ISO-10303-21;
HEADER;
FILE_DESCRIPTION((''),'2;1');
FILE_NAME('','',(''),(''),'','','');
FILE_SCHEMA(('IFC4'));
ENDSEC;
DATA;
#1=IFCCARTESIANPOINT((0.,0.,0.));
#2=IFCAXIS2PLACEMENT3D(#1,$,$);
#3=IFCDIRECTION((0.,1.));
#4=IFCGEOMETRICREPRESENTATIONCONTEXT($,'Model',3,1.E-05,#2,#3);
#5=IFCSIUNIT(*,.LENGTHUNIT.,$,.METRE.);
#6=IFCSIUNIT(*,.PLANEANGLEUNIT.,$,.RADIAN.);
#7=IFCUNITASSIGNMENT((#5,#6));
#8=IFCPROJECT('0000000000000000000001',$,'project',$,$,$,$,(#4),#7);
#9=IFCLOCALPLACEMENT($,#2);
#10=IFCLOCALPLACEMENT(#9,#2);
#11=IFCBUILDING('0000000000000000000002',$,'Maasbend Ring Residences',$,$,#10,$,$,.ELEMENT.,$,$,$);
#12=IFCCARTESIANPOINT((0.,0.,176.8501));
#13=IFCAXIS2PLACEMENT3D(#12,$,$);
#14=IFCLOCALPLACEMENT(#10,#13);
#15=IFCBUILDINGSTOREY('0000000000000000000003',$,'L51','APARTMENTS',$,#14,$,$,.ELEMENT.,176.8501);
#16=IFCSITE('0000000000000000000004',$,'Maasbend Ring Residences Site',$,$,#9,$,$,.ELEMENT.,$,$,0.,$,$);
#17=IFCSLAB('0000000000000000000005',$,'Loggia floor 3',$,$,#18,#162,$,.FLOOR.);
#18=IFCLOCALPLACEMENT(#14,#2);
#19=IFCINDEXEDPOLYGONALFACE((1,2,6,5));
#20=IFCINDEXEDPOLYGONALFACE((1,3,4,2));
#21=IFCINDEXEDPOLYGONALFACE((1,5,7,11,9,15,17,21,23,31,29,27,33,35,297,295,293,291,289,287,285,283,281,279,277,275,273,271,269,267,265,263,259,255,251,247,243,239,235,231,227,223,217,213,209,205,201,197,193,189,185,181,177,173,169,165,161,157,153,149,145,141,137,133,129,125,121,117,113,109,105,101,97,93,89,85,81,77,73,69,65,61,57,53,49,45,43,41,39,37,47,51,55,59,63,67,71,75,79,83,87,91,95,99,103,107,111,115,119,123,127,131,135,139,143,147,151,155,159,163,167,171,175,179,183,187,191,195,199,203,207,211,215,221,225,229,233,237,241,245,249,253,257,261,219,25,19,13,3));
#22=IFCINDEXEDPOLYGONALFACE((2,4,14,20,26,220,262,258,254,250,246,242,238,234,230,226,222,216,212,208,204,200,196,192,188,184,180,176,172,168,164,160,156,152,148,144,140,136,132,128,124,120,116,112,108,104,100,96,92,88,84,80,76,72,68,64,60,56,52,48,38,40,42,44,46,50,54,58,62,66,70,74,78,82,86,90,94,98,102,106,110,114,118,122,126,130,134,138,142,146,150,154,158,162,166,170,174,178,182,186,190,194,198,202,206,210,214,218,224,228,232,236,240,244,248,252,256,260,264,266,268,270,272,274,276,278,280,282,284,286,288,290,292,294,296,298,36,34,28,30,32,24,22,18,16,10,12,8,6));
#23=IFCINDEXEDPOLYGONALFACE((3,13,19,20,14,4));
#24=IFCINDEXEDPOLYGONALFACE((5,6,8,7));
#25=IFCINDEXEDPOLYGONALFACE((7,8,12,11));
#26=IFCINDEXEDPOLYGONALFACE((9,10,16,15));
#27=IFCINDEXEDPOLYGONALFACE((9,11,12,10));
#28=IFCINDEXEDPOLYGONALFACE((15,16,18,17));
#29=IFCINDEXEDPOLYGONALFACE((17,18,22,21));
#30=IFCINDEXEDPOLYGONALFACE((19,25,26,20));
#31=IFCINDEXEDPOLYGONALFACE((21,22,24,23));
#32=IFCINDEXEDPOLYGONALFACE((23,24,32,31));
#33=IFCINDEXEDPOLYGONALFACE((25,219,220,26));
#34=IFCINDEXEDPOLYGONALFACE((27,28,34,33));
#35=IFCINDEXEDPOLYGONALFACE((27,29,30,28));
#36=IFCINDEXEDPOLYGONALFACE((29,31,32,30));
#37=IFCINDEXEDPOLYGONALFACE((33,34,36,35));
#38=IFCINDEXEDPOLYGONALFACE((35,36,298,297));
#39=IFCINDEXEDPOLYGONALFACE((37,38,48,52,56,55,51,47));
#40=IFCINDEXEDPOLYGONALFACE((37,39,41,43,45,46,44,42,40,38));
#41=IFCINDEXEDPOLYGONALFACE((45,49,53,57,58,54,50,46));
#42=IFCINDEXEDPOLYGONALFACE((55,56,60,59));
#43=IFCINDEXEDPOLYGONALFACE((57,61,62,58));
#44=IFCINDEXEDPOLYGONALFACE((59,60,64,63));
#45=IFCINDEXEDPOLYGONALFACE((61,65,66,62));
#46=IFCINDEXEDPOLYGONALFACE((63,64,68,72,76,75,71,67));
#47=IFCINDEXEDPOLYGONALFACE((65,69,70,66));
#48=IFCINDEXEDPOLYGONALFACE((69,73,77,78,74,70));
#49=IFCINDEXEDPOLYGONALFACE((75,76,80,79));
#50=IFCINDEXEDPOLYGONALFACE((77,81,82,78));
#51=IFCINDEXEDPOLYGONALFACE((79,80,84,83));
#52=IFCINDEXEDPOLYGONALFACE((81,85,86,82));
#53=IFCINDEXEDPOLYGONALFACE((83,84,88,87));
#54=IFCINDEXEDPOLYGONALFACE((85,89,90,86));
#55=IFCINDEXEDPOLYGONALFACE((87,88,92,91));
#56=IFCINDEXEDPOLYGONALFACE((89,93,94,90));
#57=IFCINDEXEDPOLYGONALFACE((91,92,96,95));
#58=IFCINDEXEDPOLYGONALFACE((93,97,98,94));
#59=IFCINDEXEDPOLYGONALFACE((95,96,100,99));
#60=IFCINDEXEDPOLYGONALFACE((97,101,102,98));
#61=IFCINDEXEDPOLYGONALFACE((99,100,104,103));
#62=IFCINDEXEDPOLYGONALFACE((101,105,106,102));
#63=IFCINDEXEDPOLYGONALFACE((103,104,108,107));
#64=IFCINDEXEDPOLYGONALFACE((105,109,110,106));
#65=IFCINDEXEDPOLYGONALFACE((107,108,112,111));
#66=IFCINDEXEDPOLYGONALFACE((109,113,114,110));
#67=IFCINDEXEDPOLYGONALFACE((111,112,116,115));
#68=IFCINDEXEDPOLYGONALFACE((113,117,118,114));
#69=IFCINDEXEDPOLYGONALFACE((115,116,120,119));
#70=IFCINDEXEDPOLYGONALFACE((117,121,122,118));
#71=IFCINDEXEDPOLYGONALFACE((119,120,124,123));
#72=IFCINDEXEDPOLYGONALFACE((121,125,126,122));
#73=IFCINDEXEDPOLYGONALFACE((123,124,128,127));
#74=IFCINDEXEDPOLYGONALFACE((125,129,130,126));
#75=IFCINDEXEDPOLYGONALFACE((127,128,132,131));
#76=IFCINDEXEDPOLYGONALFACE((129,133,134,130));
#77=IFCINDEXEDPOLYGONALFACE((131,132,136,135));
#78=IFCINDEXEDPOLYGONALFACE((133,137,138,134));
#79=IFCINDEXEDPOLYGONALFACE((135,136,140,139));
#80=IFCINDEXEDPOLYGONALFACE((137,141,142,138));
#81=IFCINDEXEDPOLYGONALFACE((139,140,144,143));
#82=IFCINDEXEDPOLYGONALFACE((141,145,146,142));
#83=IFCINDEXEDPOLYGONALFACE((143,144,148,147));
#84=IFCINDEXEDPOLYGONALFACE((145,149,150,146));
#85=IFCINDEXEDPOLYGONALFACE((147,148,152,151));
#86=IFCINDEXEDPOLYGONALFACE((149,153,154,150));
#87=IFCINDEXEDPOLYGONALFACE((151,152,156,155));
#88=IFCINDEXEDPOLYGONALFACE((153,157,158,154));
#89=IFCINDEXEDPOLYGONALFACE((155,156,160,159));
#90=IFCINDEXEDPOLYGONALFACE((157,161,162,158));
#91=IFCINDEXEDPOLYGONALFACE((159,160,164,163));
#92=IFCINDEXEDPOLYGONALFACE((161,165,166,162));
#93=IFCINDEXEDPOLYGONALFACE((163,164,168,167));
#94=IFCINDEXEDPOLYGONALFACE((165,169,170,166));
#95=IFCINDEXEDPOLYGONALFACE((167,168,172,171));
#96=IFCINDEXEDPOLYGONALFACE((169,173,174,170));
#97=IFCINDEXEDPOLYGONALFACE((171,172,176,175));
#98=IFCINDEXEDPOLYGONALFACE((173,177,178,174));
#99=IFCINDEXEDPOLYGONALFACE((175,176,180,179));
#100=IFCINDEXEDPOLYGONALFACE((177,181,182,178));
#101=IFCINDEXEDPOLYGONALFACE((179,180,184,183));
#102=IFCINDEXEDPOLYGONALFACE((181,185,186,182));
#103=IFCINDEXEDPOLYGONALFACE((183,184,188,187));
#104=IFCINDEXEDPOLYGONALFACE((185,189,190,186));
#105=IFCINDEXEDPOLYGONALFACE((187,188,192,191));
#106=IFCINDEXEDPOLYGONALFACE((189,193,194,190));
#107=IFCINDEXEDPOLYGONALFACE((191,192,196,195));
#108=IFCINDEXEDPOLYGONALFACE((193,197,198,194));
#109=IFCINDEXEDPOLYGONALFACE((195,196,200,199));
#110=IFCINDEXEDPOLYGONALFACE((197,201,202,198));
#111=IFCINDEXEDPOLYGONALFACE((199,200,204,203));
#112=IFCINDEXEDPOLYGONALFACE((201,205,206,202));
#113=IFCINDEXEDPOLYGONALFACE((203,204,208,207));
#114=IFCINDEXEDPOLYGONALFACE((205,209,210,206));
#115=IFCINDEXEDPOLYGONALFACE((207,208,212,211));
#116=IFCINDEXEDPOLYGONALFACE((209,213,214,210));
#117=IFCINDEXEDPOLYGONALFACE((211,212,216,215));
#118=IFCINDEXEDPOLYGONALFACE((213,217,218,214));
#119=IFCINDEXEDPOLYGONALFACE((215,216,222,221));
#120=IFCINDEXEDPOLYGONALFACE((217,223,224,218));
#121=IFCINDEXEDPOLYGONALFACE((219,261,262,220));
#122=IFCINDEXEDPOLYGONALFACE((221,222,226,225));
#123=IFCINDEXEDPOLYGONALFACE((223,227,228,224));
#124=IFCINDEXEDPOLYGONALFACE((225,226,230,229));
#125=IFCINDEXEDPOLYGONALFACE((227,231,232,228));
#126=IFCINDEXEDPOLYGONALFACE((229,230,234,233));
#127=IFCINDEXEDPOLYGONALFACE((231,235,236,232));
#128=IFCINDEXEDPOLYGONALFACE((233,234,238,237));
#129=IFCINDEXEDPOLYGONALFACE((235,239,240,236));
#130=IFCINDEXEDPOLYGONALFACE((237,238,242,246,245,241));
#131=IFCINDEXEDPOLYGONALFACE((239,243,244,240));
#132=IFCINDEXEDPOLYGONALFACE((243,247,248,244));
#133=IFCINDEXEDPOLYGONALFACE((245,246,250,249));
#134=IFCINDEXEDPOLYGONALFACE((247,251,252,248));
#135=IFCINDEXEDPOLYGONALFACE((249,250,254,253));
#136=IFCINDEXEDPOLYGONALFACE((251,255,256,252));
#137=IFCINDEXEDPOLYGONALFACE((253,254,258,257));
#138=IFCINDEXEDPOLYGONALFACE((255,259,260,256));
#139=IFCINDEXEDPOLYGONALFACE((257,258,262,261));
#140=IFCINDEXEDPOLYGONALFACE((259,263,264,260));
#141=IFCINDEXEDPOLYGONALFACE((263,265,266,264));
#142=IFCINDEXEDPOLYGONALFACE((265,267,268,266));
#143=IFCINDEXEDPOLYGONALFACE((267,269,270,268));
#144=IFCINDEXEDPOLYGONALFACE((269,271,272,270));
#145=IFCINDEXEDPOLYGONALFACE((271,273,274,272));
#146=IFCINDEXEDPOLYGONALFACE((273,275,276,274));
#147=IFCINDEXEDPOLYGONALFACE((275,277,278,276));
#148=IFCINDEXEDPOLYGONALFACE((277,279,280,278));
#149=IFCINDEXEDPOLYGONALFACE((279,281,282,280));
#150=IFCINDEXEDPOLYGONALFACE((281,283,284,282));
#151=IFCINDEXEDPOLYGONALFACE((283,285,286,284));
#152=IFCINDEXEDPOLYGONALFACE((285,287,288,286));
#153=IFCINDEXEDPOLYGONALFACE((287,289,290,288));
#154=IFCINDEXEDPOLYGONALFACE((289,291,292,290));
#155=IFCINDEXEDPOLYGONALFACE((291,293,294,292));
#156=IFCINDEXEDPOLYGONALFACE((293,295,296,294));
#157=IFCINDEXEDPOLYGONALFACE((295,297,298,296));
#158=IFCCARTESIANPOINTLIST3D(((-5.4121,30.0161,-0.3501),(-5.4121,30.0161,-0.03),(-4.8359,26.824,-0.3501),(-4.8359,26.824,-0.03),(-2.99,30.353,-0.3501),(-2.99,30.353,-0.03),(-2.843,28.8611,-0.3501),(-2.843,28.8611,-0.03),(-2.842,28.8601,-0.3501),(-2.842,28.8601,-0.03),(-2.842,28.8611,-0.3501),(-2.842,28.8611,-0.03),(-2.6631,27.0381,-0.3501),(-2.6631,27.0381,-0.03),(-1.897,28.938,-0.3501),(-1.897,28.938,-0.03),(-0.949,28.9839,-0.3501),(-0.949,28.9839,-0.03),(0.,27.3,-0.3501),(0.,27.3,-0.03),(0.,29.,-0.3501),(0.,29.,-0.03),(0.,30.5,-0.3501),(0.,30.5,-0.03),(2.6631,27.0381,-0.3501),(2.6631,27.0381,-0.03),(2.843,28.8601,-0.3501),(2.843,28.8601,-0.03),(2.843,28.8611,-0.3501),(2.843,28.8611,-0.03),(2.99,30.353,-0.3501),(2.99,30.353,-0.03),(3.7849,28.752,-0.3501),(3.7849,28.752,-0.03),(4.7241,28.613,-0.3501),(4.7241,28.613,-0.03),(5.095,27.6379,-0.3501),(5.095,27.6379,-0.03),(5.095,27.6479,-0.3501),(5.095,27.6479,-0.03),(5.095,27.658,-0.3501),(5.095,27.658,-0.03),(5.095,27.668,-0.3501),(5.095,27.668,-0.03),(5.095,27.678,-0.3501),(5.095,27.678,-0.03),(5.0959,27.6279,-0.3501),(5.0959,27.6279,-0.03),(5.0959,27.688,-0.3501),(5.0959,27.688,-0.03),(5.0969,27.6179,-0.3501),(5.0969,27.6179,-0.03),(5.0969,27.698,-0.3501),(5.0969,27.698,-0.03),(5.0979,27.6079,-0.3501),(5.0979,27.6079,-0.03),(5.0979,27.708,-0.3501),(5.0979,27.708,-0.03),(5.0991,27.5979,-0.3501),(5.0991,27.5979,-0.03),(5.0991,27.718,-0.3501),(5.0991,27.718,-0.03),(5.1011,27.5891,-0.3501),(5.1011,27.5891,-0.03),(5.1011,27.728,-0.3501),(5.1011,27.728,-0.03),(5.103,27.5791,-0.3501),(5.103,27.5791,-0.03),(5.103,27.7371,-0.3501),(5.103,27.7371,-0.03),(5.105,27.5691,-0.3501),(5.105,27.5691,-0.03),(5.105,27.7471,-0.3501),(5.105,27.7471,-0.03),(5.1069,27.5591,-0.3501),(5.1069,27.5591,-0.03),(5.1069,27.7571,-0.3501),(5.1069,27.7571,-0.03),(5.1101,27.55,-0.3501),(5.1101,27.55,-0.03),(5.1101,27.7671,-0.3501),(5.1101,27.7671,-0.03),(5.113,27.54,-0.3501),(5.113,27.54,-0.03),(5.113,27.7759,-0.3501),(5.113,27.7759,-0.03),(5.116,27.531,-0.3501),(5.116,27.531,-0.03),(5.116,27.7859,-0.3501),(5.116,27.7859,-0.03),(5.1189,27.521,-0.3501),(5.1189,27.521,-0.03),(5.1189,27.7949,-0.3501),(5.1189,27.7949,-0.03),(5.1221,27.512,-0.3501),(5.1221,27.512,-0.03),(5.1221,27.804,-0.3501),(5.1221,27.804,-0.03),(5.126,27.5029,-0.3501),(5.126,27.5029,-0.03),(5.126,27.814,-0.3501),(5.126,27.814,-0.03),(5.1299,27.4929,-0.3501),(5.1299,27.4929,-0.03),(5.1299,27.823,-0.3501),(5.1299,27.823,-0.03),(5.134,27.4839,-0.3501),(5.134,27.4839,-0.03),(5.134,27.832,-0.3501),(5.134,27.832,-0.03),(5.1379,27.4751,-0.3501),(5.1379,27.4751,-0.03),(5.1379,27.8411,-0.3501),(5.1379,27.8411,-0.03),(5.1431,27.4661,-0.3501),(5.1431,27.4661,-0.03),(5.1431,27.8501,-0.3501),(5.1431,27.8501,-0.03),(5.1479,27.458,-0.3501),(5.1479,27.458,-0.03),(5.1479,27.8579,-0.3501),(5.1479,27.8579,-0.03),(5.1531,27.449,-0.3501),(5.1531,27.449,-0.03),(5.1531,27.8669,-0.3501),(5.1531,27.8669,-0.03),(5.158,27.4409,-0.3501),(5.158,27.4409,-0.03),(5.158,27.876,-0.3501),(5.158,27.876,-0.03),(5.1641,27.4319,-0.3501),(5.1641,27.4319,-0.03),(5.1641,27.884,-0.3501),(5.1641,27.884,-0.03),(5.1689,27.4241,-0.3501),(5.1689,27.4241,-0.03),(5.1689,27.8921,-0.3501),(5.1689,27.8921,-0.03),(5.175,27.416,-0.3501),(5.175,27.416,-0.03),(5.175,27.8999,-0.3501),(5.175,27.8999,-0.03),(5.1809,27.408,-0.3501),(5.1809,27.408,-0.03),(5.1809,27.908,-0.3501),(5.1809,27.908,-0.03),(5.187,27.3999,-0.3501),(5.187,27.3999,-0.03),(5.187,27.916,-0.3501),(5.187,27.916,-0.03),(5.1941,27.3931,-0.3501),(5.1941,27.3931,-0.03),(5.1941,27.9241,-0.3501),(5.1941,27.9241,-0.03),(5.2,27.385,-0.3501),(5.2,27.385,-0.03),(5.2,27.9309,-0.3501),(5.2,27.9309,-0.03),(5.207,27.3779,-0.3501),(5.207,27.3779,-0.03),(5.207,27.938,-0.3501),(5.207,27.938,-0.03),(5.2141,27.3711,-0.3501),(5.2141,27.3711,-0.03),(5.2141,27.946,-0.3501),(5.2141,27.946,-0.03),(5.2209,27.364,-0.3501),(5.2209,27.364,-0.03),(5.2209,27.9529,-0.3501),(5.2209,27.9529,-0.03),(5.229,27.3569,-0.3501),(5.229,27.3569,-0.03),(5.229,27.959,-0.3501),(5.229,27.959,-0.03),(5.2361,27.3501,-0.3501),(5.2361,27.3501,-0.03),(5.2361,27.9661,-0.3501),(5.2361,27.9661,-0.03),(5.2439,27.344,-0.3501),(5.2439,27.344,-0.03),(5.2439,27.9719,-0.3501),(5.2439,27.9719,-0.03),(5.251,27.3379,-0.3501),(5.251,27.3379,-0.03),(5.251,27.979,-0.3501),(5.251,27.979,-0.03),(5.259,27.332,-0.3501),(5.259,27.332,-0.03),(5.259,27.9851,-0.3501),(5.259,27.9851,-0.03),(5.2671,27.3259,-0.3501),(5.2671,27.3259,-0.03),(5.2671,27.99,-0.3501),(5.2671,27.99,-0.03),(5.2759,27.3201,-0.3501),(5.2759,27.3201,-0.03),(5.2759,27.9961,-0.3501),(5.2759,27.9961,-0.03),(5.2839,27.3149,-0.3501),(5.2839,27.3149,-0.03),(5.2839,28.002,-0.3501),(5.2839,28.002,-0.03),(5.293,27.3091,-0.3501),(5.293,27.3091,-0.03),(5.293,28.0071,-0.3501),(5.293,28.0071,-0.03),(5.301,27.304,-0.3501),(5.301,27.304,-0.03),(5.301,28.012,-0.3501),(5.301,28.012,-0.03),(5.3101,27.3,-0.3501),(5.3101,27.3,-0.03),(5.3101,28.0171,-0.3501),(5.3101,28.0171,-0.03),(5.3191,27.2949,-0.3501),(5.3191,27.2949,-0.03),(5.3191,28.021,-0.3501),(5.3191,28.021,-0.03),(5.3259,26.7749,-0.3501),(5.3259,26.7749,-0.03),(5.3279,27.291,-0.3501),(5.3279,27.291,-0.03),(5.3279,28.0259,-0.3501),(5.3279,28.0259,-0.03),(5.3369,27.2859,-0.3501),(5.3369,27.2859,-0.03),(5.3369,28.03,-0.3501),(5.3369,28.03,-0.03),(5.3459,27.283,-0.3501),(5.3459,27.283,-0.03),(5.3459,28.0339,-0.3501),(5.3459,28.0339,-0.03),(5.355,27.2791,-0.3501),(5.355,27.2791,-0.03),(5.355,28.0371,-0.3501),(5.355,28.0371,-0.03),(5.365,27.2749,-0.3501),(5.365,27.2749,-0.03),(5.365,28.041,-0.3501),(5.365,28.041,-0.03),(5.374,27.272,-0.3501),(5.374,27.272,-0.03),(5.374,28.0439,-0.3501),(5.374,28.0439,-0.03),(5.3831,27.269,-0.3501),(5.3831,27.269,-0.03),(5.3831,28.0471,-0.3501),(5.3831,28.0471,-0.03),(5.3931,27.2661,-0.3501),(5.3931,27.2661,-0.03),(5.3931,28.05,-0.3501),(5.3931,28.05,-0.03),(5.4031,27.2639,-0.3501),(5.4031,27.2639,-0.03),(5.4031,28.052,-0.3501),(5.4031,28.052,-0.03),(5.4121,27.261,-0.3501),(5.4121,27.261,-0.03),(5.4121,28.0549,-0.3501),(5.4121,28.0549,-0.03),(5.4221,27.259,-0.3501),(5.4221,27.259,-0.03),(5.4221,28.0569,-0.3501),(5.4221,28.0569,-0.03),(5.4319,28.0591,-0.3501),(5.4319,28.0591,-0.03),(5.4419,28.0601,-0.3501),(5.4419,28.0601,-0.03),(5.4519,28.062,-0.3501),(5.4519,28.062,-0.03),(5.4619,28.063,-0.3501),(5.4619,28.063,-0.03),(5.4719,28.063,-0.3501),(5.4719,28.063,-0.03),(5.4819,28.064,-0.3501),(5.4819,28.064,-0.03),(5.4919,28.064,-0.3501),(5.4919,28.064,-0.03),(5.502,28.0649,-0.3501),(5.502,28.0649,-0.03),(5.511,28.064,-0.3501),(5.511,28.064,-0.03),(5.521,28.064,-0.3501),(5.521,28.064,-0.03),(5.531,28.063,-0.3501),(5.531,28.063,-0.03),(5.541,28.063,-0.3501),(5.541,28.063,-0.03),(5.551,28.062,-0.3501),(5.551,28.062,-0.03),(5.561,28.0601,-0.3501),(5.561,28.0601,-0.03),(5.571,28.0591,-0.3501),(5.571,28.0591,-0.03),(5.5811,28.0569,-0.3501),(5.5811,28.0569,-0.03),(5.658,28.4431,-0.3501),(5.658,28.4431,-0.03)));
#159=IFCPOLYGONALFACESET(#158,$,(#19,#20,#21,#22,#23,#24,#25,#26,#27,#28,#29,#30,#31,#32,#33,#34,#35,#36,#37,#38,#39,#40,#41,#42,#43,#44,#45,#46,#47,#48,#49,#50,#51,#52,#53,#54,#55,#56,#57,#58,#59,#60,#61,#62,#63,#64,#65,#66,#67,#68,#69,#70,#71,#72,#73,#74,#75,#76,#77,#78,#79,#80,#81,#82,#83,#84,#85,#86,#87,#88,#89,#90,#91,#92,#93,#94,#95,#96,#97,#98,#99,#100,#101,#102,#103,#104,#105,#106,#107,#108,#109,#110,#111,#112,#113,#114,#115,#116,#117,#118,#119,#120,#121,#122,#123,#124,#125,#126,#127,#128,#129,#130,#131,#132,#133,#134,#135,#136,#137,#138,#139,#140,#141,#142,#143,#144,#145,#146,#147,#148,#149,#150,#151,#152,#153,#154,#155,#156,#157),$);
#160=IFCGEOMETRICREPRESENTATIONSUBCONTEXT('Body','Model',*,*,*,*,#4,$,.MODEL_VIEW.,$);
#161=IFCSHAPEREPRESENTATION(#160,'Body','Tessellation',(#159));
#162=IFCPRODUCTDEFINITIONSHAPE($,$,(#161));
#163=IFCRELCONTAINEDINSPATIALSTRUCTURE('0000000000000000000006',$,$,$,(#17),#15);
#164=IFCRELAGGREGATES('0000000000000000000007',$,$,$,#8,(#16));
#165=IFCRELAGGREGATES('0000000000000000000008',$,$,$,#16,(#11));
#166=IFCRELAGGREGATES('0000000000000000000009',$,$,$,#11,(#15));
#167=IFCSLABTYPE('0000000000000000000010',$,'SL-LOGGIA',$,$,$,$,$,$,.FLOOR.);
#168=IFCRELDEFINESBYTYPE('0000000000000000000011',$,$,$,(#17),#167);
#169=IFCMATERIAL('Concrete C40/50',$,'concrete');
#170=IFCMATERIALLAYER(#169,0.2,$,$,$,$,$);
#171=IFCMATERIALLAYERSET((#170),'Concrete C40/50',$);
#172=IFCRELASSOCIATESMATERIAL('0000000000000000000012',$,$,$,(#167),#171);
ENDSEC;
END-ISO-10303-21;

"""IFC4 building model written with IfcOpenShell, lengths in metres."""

from ifc_helpers import new_model, si_unit, direction, frame, origin, place, context, subcontext, project, spatial, polyline, outline, extrude, material, layer, layer_set, type_object, element, save


model = new_model("IFC4")

# Units and contexts
model_context = context("Model", 3, precision=1e-05, world=origin(), true_north=direction((0.0, 1.0)))
body_context = subcontext(model_context, "Body", "Model", "MODEL_VIEW")
ifc_project = project(units=[si_unit("LENGTHUNIT", "METRE"), si_unit("PLANEANGLEUNIT", "RADIAN")], contexts=[model_context])

# Site, building, storey
site_placement = place(None, origin())
site = spatial("IfcSite", under=ifc_project, at=site_placement, Name="Maasbend Ring Residences Site", CompositionType="ELEMENT", RefElevation=0.0)
building_placement = place(site_placement, origin())
building = spatial("IfcBuilding", under=site, at=building_placement, Name="Maasbend Ring Residences", CompositionType="ELEMENT")
storey_placement = place(building_placement, frame((0.0, 0.0, 176.8501)))
storey = spatial("IfcBuildingStorey", under=building, at=storey_placement, Name="L51", Description="APARTMENTS", CompositionType="ELEMENT", Elevation=176.8501)

# Slab
ifc_material_1 = material(Name="Concrete C40/50", Category="concrete")
ifc_layer_1 = layer(ifc_material_1, 0.2)
ifc_layer_set_1 = layer_set([ifc_layer_1], Name="Concrete C40/50")
slab_type_1 = type_object("IfcSlabType", Name="SL-LOGGIA", PredefinedType="FLOOR", material=ifc_layer_set_1)
slab_1_placement = place(storey_placement, frame((0.0, 0.0, -0.3501)))
element("IfcSlab", 1, at=slab_1_placement, inside=storey, type_object=slab_type_1, Name="Loggia floor 3", PredefinedType="FLOOR", context=body_context, shape_type="SweptSolid", body=[
    extrude(outline(polyline([(-2.843, 28.8611), (-2.843, 28.8611), (-2.843, 28.8611), (-2.843, 28.8611), (-2.842, 28.8611), (-2.842, 28.8611), (-2.842, 28.8611), (-2.842, 28.8611), (-2.842, 28.8611), (-2.842, 28.8601), (-2.842, 28.8601), (-2.842, 28.8601), (-2.842, 28.8601), (-2.842, 28.8601), (-2.842, 28.8601), (-2.842, 28.8601), (-2.842, 28.8601), (-1.897, 28.938), (-1.897, 28.938), (-0.949, 28.9839), (-0.949, 28.9839), (0.0, 29.0), (0.0, 29.0), (0.0, 29.0), (0.0, 29.0), (0.0, 29.0), (0.0, 29.0), (0.0, 29.0), (0.0, 29.0), (0.0, 29.0), (0.0, 29.0), (0.0, 29.0), (0.0, 29.0), (0.0, 29.0), (0.0, 29.0), (0.0, 29.0), (0.0, 29.0), (0.0, 29.0), (0.0, 30.5), (0.0, 30.5), (0.0, 30.5), (2.99, 30.353), (2.99, 30.353), (2.99, 30.353), (2.843, 28.8611), (2.843, 28.8611), (2.843, 28.8611), (2.843, 28.8611), (2.843, 28.8611), (2.843, 28.8611), (2.843, 28.8611), (2.843, 28.8611), (2.843, 28.8601), (2.843, 28.8601), (2.843, 28.8601), (2.843, 28.8601), (2.843, 28.8601), (2.843, 28.8601), (2.843, 28.8601), (2.843, 28.8601), (2.843, 28.8601), (3.7849, 28.752), (3.7849, 28.752), (4.7241, 28.613), (4.7241, 28.613), (5.658, 28.4431), (5.658, 28.4431), (5.658, 28.4431), (5.5811, 28.0569), (5.5811, 28.0569), (5.571, 28.0591), (5.561, 28.0601), (5.551, 28.062), (5.541, 28.063), (5.531, 28.063), (5.521, 28.064), (5.511, 28.064), (5.502, 28.0649), (5.4919, 28.064), (5.4819, 28.064), (5.4719, 28.063), (5.4619, 28.063), (5.4519, 28.062), (5.4419, 28.0601), (5.4319, 28.0591), (5.4221, 28.0569), (5.4121, 28.0549), (5.4031, 28.052), (5.3931, 28.05), (5.3831, 28.0471), (5.374, 28.0439), (5.365, 28.041), (5.355, 28.0371), (5.3459, 28.0339), (5.3369, 28.03), (5.3279, 28.0259), (5.3191, 28.021), (5.3101, 28.0171), (5.301, 28.012), (5.293, 28.0071), (5.2839, 28.002), (5.2759, 27.9961), (5.2671, 27.99), (5.259, 27.9851), (5.251, 27.979), (5.2439, 27.9719), (5.2361, 27.9661), (5.229, 27.959), (5.2209, 27.9529), (5.2141, 27.946), (5.207, 27.938), (5.2, 27.9309), (5.1941, 27.9241), (5.187, 27.916), (5.1809, 27.908), (5.175, 27.8999), (5.1689, 27.8921), (5.1641, 27.884), (5.158, 27.876), (5.1531, 27.8669), (5.1479, 27.8579), (5.1431, 27.8501), (5.1379, 27.8411), (5.134, 27.832), (5.1299, 27.823), (5.126, 27.814), (5.1221, 27.804), (5.1189, 27.7949), (5.116, 27.7859), (5.113, 27.7759), (5.1101, 27.7671), (5.1069, 27.7571), (5.105, 27.7471), (5.103, 27.7371), (5.1011, 27.728), (5.0991, 27.718), (5.0979, 27.708), (5.0969, 27.698), (5.0959, 27.688), (5.095, 27.678), (5.095, 27.668), (5.095, 27.658), (5.095, 27.6479), (5.095, 27.6379), (5.0959, 27.6279), (5.0969, 27.6179), (5.0979, 27.6079), (5.0991, 27.5979), (5.1011, 27.5891), (5.103, 27.5791), (5.105, 27.5691), (5.1069, 27.5591), (5.1101, 27.55), (5.113, 27.54), (5.116, 27.531), (5.1189, 27.521), (5.1221, 27.512), (5.126, 27.5029), (5.1299, 27.4929), (5.134, 27.4839), (5.1379, 27.4751), (5.1431, 27.4661), (5.1479, 27.458), (5.1531, 27.449), (5.158, 27.4409), (5.1641, 27.4319), (5.1689, 27.4241), (5.175, 27.416), (5.1809, 27.408), (5.187, 27.3999), (5.1941, 27.3931), (5.2, 27.385), (5.207, 27.3779), (5.2141, 27.3711), (5.2209, 27.364), (5.229, 27.3569), (5.2361, 27.3501), (5.2439, 27.344), (5.251, 27.3379), (5.259, 27.332), (5.2671, 27.3259), (5.2759, 27.3201), (5.2839, 27.3149), (5.293, 27.3091), (5.301, 27.304), (5.3101, 27.3), (5.3191, 27.2949), (5.3279, 27.291), (5.3369, 27.2859), (5.3459, 27.283), (5.355, 27.2791), (5.365, 27.2749), (5.374, 27.272), (5.3831, 27.269), (5.3931, 27.2661), (5.4031, 27.2639), (5.4121, 27.261), (5.4221, 27.259), (5.4221, 27.259), (5.3259, 26.7749), (5.3259, 26.7749), (5.3259, 26.7749), (2.6631, 27.0381), (0.0, 27.3), (0.0, 27.3), (0.0, 27.3), (-2.6631, 27.0381), (-4.8359, 26.824), (-4.8359, 26.824), (-4.8359, 26.824), (-5.4121, 30.0161), (-5.4121, 30.0161), (-5.4121, 30.0161), (-2.99, 30.353), (-2.99, 30.353), (-2.99, 30.353), (-2.843, 28.8611)])), origin(), (0.0, 0.0, 1.0), 0.3201),
])

save(model, "model.ifc")
